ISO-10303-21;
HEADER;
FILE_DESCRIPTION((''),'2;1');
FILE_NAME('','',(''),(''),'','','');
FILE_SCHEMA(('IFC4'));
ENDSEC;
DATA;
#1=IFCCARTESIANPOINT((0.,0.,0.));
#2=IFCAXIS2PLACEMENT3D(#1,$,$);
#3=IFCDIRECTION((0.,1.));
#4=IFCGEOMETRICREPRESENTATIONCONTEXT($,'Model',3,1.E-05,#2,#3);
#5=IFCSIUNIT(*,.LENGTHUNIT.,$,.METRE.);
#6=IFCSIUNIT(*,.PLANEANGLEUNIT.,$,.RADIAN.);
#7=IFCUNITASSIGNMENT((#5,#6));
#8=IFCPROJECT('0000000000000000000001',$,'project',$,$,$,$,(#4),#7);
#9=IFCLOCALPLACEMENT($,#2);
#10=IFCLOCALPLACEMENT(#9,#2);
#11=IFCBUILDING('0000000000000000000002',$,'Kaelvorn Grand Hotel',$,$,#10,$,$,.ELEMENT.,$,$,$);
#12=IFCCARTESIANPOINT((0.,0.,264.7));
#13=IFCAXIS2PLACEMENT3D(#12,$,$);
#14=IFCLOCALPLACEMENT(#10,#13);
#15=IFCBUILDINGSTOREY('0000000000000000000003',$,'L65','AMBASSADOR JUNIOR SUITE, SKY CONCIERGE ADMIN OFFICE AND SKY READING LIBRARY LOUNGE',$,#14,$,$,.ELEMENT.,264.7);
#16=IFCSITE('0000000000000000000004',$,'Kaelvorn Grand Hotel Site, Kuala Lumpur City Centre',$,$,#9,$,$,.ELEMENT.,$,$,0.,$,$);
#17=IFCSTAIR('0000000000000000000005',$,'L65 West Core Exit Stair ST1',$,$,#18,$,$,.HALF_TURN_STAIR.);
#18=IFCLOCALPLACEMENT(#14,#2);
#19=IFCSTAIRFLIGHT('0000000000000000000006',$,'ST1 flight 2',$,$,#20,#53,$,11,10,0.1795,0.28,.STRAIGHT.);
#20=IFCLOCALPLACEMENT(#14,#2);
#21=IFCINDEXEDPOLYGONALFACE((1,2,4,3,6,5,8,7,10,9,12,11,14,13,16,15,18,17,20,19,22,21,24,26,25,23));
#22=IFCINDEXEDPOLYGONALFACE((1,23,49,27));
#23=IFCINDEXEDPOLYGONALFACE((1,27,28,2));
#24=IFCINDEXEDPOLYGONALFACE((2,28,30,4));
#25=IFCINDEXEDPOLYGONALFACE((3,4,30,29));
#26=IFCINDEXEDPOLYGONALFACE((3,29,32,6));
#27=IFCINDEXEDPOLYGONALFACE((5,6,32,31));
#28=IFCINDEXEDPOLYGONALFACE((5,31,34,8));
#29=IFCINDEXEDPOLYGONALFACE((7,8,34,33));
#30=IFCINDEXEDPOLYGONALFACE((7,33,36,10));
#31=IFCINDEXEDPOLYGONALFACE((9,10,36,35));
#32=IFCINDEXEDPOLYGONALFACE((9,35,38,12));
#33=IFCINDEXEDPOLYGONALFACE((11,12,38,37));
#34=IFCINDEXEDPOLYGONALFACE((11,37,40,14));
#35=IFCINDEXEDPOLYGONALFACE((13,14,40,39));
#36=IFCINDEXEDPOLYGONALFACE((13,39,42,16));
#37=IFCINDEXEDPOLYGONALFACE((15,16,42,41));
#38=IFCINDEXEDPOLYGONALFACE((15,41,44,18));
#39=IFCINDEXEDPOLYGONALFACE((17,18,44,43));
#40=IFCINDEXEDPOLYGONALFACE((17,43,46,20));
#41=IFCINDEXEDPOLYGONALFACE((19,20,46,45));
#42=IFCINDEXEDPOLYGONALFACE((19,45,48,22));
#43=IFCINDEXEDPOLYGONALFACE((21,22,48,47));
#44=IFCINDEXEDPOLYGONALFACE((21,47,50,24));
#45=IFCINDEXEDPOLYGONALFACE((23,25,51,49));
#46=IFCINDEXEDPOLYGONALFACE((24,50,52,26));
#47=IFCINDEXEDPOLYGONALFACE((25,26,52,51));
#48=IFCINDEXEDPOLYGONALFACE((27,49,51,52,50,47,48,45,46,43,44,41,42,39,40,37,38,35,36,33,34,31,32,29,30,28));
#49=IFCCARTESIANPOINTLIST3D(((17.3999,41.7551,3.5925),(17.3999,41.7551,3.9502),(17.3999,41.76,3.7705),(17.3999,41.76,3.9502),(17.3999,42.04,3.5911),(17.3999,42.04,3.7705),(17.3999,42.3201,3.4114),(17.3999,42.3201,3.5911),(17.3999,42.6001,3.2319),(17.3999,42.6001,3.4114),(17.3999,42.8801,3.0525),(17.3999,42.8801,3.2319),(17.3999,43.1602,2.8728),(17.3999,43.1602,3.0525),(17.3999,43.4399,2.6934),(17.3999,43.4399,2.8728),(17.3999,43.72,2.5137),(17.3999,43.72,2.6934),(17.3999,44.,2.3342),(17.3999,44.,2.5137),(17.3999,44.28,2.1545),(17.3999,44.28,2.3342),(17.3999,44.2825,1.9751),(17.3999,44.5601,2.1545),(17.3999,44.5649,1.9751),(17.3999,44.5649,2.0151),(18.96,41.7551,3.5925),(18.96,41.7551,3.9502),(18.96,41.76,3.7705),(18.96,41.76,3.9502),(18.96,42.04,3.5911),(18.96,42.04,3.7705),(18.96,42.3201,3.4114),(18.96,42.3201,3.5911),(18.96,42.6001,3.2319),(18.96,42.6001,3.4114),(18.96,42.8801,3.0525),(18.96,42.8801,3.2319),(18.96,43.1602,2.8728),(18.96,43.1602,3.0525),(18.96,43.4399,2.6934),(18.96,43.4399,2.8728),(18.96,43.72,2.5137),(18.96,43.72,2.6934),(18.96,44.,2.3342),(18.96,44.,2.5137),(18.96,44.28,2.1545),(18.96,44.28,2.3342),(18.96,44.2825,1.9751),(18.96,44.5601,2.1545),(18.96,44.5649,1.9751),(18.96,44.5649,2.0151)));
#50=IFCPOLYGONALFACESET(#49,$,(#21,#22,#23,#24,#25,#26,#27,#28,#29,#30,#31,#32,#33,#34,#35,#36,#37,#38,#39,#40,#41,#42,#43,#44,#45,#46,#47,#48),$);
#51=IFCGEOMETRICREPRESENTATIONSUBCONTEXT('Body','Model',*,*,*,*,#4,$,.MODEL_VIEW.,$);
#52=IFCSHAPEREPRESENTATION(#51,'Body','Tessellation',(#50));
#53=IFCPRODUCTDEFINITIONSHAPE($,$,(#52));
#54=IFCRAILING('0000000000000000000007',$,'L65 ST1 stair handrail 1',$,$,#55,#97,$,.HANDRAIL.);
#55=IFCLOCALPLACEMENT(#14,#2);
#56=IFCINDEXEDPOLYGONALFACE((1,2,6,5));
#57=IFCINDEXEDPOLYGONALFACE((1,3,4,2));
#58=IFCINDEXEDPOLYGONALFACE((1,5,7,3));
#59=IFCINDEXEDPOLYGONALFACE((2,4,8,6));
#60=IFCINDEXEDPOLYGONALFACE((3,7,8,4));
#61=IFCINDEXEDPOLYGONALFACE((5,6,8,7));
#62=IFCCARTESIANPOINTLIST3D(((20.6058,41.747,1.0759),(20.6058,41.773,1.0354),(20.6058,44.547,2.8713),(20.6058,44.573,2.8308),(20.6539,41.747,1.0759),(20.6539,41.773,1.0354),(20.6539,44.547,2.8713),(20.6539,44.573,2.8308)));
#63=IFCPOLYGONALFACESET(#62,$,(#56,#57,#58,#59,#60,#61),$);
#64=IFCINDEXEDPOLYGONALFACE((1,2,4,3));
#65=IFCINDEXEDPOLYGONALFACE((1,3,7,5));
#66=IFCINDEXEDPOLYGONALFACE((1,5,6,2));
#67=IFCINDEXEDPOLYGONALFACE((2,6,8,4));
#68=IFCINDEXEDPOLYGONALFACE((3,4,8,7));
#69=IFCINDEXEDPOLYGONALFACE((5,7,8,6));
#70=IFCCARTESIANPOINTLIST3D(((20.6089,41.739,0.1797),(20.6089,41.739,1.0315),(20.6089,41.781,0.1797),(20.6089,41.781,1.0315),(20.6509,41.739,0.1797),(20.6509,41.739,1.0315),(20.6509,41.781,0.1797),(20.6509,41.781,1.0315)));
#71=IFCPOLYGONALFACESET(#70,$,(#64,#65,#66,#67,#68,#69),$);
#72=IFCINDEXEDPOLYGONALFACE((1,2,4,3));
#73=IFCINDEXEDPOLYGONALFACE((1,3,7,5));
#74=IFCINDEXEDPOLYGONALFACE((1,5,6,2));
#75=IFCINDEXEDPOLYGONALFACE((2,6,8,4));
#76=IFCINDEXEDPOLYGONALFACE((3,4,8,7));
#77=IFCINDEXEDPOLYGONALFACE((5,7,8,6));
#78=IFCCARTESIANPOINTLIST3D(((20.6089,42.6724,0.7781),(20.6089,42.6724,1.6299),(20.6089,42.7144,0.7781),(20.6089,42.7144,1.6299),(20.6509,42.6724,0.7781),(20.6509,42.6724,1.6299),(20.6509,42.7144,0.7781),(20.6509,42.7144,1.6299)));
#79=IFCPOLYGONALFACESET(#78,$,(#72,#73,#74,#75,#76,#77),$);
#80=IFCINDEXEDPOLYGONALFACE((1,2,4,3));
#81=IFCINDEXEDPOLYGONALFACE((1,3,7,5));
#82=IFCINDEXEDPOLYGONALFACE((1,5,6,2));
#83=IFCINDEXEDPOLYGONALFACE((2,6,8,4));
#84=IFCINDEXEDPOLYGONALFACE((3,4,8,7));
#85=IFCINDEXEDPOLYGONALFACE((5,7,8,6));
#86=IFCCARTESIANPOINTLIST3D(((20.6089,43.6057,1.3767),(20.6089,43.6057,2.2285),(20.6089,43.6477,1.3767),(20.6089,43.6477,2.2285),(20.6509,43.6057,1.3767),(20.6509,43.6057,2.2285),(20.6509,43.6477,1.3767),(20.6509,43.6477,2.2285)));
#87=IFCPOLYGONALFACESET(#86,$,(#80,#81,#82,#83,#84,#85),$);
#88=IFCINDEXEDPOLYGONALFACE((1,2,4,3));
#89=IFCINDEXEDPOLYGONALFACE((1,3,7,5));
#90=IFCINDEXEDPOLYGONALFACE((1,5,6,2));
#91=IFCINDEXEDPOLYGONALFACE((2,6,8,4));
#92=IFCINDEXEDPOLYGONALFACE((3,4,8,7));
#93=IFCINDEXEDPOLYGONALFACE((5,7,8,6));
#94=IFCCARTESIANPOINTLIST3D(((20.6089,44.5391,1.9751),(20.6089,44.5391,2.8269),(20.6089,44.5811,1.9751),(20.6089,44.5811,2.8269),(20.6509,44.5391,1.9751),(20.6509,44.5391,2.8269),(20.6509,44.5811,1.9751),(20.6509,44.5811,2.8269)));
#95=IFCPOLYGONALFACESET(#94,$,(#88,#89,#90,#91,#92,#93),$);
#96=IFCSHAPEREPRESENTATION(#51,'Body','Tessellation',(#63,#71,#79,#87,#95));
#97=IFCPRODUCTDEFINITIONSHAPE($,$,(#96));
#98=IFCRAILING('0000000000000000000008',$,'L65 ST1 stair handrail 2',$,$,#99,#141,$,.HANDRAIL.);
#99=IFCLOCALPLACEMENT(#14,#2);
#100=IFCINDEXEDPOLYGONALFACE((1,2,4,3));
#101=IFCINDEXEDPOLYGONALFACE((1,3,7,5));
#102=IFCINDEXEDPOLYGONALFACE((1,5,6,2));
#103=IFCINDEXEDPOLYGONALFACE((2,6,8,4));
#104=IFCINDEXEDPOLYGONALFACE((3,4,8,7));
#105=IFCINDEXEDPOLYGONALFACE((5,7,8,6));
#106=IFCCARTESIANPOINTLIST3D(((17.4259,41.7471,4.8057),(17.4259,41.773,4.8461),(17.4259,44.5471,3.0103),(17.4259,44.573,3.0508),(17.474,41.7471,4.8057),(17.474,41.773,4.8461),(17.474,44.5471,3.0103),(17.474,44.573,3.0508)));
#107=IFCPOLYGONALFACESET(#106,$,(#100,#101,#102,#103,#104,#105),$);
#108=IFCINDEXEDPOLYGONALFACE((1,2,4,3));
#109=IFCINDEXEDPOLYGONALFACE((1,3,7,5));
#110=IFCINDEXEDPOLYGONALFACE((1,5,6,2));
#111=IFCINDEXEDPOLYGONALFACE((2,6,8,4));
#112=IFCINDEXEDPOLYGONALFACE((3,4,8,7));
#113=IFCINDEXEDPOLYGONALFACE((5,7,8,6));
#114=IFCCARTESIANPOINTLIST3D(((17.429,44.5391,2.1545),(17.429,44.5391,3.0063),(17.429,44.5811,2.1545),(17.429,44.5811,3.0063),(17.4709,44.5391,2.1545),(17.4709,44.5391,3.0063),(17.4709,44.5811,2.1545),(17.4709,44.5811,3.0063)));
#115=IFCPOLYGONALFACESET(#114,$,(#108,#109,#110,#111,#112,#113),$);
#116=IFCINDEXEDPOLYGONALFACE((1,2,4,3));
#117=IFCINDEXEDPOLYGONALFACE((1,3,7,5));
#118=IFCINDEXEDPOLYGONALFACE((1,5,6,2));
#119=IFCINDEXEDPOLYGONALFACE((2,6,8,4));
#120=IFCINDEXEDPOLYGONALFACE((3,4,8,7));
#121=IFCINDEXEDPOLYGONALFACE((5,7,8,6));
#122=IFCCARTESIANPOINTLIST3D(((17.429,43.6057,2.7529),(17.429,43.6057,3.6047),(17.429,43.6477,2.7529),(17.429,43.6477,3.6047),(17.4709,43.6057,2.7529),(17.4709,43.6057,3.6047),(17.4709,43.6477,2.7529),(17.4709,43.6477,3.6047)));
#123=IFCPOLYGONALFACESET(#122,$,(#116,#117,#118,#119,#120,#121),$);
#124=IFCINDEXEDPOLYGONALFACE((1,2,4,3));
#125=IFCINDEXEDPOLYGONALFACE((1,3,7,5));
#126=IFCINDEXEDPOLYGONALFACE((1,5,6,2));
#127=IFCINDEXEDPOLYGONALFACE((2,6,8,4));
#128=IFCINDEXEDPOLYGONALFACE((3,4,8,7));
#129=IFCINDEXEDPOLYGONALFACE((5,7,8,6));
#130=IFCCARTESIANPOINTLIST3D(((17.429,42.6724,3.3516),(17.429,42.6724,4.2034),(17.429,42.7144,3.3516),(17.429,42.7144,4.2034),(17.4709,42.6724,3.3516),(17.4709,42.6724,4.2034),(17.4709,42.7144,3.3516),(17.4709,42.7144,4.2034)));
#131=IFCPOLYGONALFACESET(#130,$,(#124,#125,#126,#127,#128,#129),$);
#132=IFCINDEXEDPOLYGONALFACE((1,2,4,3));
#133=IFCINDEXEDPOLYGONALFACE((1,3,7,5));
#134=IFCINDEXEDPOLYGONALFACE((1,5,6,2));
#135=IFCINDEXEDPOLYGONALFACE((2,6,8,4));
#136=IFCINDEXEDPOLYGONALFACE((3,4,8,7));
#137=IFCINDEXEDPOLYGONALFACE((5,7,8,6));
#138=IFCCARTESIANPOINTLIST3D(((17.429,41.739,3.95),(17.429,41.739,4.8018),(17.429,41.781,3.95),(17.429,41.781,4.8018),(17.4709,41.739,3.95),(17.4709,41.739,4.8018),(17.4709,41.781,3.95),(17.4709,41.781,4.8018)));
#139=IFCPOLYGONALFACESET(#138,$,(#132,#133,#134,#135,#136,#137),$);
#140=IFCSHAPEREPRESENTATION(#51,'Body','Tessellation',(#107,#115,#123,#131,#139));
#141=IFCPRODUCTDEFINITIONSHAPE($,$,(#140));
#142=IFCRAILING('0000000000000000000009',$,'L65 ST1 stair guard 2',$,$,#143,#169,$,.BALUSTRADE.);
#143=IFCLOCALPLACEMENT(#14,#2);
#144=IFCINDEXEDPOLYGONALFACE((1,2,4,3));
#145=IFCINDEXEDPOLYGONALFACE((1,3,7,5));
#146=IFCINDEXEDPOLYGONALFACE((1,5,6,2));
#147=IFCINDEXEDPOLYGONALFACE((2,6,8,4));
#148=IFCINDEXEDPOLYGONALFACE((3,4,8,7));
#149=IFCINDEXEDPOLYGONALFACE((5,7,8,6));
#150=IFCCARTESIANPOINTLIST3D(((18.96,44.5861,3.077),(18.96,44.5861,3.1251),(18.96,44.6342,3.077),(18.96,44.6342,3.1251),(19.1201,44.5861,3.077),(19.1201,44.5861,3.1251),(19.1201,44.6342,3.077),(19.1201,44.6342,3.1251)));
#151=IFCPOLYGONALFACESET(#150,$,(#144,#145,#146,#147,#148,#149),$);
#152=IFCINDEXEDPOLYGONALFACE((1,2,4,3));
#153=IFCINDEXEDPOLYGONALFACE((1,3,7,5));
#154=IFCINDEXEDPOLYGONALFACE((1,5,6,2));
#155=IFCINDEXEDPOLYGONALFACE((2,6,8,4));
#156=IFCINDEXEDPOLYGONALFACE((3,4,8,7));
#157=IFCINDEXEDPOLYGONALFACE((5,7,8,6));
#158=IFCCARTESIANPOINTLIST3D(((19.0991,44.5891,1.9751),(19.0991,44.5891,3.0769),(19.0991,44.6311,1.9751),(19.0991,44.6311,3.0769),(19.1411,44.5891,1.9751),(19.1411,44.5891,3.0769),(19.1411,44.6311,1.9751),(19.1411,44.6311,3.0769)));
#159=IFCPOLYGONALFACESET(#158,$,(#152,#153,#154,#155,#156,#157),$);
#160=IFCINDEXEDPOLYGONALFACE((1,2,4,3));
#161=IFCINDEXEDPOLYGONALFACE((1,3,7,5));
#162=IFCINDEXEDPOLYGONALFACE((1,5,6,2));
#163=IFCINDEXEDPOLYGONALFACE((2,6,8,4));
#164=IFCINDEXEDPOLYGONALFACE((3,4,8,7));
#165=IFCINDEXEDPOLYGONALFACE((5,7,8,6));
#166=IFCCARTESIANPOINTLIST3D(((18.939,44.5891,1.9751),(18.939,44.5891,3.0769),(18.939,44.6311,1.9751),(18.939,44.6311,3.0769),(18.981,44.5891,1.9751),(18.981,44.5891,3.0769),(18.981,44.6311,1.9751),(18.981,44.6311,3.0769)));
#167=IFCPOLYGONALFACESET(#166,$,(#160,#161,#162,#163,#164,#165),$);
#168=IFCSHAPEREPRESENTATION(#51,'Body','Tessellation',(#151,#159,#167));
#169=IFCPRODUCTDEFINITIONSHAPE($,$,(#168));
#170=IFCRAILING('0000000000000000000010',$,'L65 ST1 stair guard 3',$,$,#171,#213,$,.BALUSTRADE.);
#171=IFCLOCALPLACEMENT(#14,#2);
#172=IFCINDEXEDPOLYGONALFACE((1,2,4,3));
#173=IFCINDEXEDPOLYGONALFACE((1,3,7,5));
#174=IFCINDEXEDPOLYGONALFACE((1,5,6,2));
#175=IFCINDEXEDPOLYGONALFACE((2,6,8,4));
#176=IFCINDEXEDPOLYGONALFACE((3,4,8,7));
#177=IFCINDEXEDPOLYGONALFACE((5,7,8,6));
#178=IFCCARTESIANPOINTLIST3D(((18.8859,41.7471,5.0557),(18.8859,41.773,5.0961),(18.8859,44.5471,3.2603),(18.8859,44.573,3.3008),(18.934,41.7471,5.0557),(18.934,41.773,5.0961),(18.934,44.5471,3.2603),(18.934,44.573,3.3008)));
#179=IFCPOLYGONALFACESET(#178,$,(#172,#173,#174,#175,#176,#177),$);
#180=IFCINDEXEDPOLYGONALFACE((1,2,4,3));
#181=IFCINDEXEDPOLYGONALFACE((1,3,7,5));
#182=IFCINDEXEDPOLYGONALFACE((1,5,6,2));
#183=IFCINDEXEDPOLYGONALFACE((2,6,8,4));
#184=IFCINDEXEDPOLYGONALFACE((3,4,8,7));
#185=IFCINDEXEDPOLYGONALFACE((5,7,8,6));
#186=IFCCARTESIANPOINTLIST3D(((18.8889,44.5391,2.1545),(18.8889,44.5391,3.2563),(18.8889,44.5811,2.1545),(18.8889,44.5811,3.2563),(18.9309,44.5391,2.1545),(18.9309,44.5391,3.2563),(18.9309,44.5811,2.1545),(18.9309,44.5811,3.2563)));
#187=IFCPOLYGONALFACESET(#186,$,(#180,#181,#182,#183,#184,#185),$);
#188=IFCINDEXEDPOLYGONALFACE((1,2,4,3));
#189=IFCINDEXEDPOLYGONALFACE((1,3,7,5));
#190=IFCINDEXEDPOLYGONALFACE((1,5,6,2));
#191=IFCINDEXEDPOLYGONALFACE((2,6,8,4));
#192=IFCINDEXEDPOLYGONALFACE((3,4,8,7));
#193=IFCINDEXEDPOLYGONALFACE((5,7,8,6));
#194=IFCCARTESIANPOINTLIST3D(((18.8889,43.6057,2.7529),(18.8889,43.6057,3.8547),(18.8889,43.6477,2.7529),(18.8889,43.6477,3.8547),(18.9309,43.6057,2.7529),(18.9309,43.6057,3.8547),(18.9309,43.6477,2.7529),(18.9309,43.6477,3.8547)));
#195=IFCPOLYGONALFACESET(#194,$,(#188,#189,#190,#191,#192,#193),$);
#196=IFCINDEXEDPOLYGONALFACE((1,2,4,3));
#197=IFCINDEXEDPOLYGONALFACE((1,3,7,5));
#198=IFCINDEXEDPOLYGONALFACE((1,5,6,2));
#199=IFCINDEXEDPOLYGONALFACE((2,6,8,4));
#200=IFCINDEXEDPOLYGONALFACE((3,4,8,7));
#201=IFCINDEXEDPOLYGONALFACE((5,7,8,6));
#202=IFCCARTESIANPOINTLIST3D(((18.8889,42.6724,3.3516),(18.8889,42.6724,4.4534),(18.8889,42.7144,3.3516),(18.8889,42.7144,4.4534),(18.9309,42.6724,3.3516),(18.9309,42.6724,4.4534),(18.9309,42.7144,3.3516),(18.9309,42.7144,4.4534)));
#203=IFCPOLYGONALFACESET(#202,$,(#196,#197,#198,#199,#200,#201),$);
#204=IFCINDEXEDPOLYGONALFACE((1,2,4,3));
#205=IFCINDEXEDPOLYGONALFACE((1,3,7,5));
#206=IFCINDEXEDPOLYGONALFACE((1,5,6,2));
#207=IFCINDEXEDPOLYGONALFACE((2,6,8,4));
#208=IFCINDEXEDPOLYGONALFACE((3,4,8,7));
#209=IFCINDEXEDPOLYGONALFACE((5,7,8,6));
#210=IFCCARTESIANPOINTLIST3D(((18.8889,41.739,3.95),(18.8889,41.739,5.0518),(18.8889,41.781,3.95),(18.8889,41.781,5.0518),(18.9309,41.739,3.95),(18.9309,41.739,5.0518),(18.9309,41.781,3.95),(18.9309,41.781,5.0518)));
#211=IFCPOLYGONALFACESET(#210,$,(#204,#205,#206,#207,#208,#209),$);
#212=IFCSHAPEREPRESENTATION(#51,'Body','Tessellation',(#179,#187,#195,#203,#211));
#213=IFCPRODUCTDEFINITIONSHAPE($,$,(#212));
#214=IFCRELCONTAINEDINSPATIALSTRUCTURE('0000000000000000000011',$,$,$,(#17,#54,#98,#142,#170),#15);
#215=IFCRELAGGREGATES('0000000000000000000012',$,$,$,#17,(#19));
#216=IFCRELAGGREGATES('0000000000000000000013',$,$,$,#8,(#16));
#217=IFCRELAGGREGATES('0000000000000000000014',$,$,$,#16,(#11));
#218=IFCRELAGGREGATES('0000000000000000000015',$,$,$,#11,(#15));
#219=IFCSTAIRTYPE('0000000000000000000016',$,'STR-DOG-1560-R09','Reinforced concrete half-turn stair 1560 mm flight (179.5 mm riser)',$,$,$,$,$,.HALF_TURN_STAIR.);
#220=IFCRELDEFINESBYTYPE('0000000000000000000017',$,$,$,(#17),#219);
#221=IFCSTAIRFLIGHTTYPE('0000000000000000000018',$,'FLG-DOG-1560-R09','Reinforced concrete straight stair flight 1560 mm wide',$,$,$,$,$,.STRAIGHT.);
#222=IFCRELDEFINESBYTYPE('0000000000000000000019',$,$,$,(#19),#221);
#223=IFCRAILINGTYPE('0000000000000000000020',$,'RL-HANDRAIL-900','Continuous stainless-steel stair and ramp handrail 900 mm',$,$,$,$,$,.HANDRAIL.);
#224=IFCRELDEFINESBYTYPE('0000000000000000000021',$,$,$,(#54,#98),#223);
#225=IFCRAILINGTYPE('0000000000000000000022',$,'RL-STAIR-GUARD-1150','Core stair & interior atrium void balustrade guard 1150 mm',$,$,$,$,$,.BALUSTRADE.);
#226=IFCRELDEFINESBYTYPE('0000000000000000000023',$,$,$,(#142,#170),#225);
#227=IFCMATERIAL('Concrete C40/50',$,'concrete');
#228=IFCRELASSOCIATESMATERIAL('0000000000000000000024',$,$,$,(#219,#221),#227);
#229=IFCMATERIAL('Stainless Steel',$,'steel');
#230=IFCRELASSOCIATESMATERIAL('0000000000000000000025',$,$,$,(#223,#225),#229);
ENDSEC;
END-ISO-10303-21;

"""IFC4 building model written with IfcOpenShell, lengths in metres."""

from ifc_helpers import new_model, si_unit, direction, frame, origin, origin_2d, place, context, subcontext, project, spatial, polyline, rectangle, outline, extrude, material, type_object, element, aggregate, save


model = new_model("IFC4")

# Units and contexts
model_context = context("Model", 3, precision=1e-05, world=origin(), true_north=direction((0.0, 1.0)))
body_context = subcontext(model_context, "Body", "Model", "MODEL_VIEW")
ifc_project = project(units=[si_unit("LENGTHUNIT", "METRE"), si_unit("PLANEANGLEUNIT", "RADIAN")], contexts=[model_context])

# Site, building, storey
site_placement = place(None, origin())
site = spatial("IfcSite", under=ifc_project, at=site_placement, Name="Kaelvorn Grand Hotel Site, Kuala Lumpur City Centre", CompositionType="ELEMENT", RefElevation=0.0)
building_placement = place(site_placement, origin())
building = spatial("IfcBuilding", under=site, at=building_placement, Name="Kaelvorn Grand Hotel", CompositionType="ELEMENT")
storey_placement = place(building_placement, frame((0.0, 0.0, 264.7)))
storey = spatial("IfcBuildingStorey", under=building, at=storey_placement, Name="L65", Description="AMBASSADOR JUNIOR SUITE, SKY CONCIERGE ADMIN OFFICE AND SKY READING LIBRARY LOUNGE", CompositionType="ELEMENT", Elevation=264.7)

# Shared definitions
ifc_material_1 = material(Name="Concrete C40/50", Category="concrete")

# Stair, stair flight
stair_type = type_object("IfcStairType", Name="STR-DOG-1560-R09", Description="Reinforced concrete half-turn stair 1560 mm flight (179.5 mm riser)", PredefinedType="HALF_TURN_STAIR", material=ifc_material_1)
stair_placement = place(storey_placement, origin())
stair = element("IfcStair", 1, at=stair_placement, inside=storey, type_object=stair_type, Name="L65 West Core Exit Stair ST1", PredefinedType="HALF_TURN_STAIR")
stair_flight_type = type_object("IfcStairFlightType", Name="FLG-DOG-1560-R09", Description="Reinforced concrete straight stair flight 1560 mm wide", PredefinedType="STRAIGHT", material=ifc_material_1)
stair_flight_placement = place(storey_placement, frame((18.1799, 44.5601, 1.9751), z_axis=(0.0, 0.0, 1.0), x_axis=(0.0, -1.0, 0.0)))
stair_flight = element("IfcStairFlight", 2, at=stair_flight_placement, type_object=stair_flight_type, Name="ST1 flight 2", NumberOfRisers=11, NumberOfTreads=10, PredefinedType="STRAIGHT", RiserHeight=0.1795, TreadLength=0.28, context=body_context, shape_type="SweptSolid", body=[
    extrude(outline(polyline([(-0.0049, 0.0), (-0.0049, 0.04), (0.0, 0.1794), (0.28, 0.1794), (0.28, 0.3591), (0.5601, 0.3591), (0.5601, 0.5386), (0.8401, 0.5386), (0.8401, 0.7183), (1.1201, 0.7183), (1.1201, 0.8977), (1.3999, 0.8977), (1.3999, 1.0774), (1.6799, 1.0774), (1.6799, 1.2568), (1.96, 1.2568), (1.96, 1.4363), (2.24, 1.4363), (2.24, 1.616), (2.52, 1.616), (2.52, 1.7954), (2.8, 1.7954), (2.8, 1.9751), (2.8049, 1.9751), (2.8049, 1.6174), (0.2776, 0.0), (-0.0049, 0.0)])), frame((0.0, 0.78, 0.0), z_axis=(0.0, -1.0, 0.0), x_axis=(1.0, 0.0, 0.0)), (0.0, 0.0, 1.0), 1.5601),
])
aggregate(stair, [stair_flight])

# Railings
ifc_material_2 = material(Name="Stainless Steel", Category="steel")
railing_type_1 = type_object("IfcRailingType", Name="RL-HANDRAIL-900", Description="Continuous stainless-steel stair and ramp handrail 900 mm", PredefinedType="HANDRAIL", material=ifc_material_2)
railing_1_placement = place(storey_placement, frame((20.6299, 41.76, 0.1797)))
element("IfcRailing", 3, at=railing_1_placement, inside=storey, type_object=railing_type_1, Name="L65 ST1 stair handrail 1", PredefinedType="HANDRAIL", context=body_context, shape_type="SweptSolid", body=[
    extrude(rectangle(XDim=0.0481, YDim=0.0481, at=origin_2d()), frame((0.0, 0.0, 0.876), z_axis=(0.0, 0.84181, 0.539774), x_axis=(-1.0, 0.0, 0.0)), (0.0, 0.0, 1.0), 3.3262),
    extrude(rectangle(XDim=0.042, YDim=0.042, at=origin_2d()), origin(), (0.0, 0.0, 1.0), 0.8518),
    extrude(rectangle(XDim=0.042, YDim=0.042, at=origin_2d()), frame((0.0, 0.9333, 0.5984)), (0.0, 0.0, 1.0), 0.8518),
    extrude(rectangle(XDim=0.042, YDim=0.042, at=origin_2d()), frame((0.0, 1.8667, 1.197)), (0.0, 0.0, 1.0), 0.8518),
    extrude(rectangle(XDim=0.042, YDim=0.042, at=origin_2d()), frame((0.0, 2.8, 1.7954)), (0.0, 0.0, 1.0), 0.8518),
])
railing_2_placement = place(storey_placement, frame((17.45, 44.5601, 2.1545)))
element("IfcRailing", 4, at=railing_2_placement, inside=storey, type_object=railing_type_1, Name="L65 ST1 stair handrail 2", PredefinedType="HANDRAIL", context=body_context, shape_type="SweptSolid", body=[
    extrude(rectangle(XDim=0.0481, YDim=0.0481, at=origin_2d()), frame((0.0, 0.0, 0.876), z_axis=(0.0, -0.84181, 0.539774), x_axis=(1.0, 0.0, 0.0)), (0.0, 0.0, 1.0), 3.3262),
    extrude(rectangle(XDim=0.042, YDim=0.042, at=origin_2d()), origin(), (0.0, 0.0, 1.0), 0.8518),
    extrude(rectangle(XDim=0.042, YDim=0.042, at=origin_2d()), frame((0.0, -0.9333, 0.5984)), (0.0, 0.0, 1.0), 0.8518),
    extrude(rectangle(XDim=0.042, YDim=0.042, at=origin_2d()), frame((0.0, -1.8667, 1.197)), (0.0, 0.0, 1.0), 0.8518),
    extrude(rectangle(XDim=0.042, YDim=0.042, at=origin_2d()), frame((0.0, -2.8, 1.7954)), (0.0, 0.0, 1.0), 0.8518),
])
railing_type_2 = type_object("IfcRailingType", Name="RL-STAIR-GUARD-1150", Description="Core stair & interior atrium void balustrade guard 1150 mm", PredefinedType="BALUSTRADE", material=ifc_material_2)
railing_3_placement = place(storey_placement, frame((19.1201, 44.6101, 1.9751)))
element("IfcRailing", 5, at=railing_3_placement, inside=storey, type_object=railing_type_2, Name="L65 ST1 stair guard 2", PredefinedType="BALUSTRADE", context=body_context, shape_type="SweptSolid", body=[
    extrude(rectangle(XDim=0.0481, YDim=0.0481, at=origin_2d()), frame((0.0, 0.0, 1.126), z_axis=(-1.0, 0.0, 0.0), x_axis=(0.0, -1.0, 0.0)), (0.0, 0.0, 1.0), 0.1602),
    extrude(rectangle(XDim=0.042, YDim=0.042, at=origin_2d()), origin(), (0.0, 0.0, 1.0), 1.1018),
    extrude(rectangle(XDim=0.042, YDim=0.042, at=origin_2d()), frame((-0.1602, 0.0, 0.0)), (0.0, 0.0, 1.0), 1.1018),
])
railing_4_placement = place(storey_placement, frame((18.9099, 44.5601, 2.1545)))
element("IfcRailing", 6, at=railing_4_placement, inside=storey, type_object=railing_type_2, Name="L65 ST1 stair guard 3", PredefinedType="BALUSTRADE", context=body_context, shape_type="SweptSolid", body=[
    extrude(rectangle(XDim=0.0481, YDim=0.0481, at=origin_2d()), frame((0.0, 0.0, 1.126), z_axis=(0.0, -0.84181, 0.539774), x_axis=(1.0, 0.0, 0.0)), (0.0, 0.0, 1.0), 3.3262),
    extrude(rectangle(XDim=0.042, YDim=0.042, at=origin_2d()), origin(), (0.0, 0.0, 1.0), 1.1018),
    extrude(rectangle(XDim=0.042, YDim=0.042, at=origin_2d()), frame((0.0, -0.9333, 0.5984)), (0.0, 0.0, 1.0), 1.1018),
    extrude(rectangle(XDim=0.042, YDim=0.042, at=origin_2d()), frame((0.0, -1.8667, 1.197)), (0.0, 0.0, 1.0), 1.1018),
    extrude(rectangle(XDim=0.042, YDim=0.042, at=origin_2d()), frame((0.0, -2.8, 1.7954)), (0.0, 0.0, 1.0), 1.1018),
])

save(model, "model.ifc")
